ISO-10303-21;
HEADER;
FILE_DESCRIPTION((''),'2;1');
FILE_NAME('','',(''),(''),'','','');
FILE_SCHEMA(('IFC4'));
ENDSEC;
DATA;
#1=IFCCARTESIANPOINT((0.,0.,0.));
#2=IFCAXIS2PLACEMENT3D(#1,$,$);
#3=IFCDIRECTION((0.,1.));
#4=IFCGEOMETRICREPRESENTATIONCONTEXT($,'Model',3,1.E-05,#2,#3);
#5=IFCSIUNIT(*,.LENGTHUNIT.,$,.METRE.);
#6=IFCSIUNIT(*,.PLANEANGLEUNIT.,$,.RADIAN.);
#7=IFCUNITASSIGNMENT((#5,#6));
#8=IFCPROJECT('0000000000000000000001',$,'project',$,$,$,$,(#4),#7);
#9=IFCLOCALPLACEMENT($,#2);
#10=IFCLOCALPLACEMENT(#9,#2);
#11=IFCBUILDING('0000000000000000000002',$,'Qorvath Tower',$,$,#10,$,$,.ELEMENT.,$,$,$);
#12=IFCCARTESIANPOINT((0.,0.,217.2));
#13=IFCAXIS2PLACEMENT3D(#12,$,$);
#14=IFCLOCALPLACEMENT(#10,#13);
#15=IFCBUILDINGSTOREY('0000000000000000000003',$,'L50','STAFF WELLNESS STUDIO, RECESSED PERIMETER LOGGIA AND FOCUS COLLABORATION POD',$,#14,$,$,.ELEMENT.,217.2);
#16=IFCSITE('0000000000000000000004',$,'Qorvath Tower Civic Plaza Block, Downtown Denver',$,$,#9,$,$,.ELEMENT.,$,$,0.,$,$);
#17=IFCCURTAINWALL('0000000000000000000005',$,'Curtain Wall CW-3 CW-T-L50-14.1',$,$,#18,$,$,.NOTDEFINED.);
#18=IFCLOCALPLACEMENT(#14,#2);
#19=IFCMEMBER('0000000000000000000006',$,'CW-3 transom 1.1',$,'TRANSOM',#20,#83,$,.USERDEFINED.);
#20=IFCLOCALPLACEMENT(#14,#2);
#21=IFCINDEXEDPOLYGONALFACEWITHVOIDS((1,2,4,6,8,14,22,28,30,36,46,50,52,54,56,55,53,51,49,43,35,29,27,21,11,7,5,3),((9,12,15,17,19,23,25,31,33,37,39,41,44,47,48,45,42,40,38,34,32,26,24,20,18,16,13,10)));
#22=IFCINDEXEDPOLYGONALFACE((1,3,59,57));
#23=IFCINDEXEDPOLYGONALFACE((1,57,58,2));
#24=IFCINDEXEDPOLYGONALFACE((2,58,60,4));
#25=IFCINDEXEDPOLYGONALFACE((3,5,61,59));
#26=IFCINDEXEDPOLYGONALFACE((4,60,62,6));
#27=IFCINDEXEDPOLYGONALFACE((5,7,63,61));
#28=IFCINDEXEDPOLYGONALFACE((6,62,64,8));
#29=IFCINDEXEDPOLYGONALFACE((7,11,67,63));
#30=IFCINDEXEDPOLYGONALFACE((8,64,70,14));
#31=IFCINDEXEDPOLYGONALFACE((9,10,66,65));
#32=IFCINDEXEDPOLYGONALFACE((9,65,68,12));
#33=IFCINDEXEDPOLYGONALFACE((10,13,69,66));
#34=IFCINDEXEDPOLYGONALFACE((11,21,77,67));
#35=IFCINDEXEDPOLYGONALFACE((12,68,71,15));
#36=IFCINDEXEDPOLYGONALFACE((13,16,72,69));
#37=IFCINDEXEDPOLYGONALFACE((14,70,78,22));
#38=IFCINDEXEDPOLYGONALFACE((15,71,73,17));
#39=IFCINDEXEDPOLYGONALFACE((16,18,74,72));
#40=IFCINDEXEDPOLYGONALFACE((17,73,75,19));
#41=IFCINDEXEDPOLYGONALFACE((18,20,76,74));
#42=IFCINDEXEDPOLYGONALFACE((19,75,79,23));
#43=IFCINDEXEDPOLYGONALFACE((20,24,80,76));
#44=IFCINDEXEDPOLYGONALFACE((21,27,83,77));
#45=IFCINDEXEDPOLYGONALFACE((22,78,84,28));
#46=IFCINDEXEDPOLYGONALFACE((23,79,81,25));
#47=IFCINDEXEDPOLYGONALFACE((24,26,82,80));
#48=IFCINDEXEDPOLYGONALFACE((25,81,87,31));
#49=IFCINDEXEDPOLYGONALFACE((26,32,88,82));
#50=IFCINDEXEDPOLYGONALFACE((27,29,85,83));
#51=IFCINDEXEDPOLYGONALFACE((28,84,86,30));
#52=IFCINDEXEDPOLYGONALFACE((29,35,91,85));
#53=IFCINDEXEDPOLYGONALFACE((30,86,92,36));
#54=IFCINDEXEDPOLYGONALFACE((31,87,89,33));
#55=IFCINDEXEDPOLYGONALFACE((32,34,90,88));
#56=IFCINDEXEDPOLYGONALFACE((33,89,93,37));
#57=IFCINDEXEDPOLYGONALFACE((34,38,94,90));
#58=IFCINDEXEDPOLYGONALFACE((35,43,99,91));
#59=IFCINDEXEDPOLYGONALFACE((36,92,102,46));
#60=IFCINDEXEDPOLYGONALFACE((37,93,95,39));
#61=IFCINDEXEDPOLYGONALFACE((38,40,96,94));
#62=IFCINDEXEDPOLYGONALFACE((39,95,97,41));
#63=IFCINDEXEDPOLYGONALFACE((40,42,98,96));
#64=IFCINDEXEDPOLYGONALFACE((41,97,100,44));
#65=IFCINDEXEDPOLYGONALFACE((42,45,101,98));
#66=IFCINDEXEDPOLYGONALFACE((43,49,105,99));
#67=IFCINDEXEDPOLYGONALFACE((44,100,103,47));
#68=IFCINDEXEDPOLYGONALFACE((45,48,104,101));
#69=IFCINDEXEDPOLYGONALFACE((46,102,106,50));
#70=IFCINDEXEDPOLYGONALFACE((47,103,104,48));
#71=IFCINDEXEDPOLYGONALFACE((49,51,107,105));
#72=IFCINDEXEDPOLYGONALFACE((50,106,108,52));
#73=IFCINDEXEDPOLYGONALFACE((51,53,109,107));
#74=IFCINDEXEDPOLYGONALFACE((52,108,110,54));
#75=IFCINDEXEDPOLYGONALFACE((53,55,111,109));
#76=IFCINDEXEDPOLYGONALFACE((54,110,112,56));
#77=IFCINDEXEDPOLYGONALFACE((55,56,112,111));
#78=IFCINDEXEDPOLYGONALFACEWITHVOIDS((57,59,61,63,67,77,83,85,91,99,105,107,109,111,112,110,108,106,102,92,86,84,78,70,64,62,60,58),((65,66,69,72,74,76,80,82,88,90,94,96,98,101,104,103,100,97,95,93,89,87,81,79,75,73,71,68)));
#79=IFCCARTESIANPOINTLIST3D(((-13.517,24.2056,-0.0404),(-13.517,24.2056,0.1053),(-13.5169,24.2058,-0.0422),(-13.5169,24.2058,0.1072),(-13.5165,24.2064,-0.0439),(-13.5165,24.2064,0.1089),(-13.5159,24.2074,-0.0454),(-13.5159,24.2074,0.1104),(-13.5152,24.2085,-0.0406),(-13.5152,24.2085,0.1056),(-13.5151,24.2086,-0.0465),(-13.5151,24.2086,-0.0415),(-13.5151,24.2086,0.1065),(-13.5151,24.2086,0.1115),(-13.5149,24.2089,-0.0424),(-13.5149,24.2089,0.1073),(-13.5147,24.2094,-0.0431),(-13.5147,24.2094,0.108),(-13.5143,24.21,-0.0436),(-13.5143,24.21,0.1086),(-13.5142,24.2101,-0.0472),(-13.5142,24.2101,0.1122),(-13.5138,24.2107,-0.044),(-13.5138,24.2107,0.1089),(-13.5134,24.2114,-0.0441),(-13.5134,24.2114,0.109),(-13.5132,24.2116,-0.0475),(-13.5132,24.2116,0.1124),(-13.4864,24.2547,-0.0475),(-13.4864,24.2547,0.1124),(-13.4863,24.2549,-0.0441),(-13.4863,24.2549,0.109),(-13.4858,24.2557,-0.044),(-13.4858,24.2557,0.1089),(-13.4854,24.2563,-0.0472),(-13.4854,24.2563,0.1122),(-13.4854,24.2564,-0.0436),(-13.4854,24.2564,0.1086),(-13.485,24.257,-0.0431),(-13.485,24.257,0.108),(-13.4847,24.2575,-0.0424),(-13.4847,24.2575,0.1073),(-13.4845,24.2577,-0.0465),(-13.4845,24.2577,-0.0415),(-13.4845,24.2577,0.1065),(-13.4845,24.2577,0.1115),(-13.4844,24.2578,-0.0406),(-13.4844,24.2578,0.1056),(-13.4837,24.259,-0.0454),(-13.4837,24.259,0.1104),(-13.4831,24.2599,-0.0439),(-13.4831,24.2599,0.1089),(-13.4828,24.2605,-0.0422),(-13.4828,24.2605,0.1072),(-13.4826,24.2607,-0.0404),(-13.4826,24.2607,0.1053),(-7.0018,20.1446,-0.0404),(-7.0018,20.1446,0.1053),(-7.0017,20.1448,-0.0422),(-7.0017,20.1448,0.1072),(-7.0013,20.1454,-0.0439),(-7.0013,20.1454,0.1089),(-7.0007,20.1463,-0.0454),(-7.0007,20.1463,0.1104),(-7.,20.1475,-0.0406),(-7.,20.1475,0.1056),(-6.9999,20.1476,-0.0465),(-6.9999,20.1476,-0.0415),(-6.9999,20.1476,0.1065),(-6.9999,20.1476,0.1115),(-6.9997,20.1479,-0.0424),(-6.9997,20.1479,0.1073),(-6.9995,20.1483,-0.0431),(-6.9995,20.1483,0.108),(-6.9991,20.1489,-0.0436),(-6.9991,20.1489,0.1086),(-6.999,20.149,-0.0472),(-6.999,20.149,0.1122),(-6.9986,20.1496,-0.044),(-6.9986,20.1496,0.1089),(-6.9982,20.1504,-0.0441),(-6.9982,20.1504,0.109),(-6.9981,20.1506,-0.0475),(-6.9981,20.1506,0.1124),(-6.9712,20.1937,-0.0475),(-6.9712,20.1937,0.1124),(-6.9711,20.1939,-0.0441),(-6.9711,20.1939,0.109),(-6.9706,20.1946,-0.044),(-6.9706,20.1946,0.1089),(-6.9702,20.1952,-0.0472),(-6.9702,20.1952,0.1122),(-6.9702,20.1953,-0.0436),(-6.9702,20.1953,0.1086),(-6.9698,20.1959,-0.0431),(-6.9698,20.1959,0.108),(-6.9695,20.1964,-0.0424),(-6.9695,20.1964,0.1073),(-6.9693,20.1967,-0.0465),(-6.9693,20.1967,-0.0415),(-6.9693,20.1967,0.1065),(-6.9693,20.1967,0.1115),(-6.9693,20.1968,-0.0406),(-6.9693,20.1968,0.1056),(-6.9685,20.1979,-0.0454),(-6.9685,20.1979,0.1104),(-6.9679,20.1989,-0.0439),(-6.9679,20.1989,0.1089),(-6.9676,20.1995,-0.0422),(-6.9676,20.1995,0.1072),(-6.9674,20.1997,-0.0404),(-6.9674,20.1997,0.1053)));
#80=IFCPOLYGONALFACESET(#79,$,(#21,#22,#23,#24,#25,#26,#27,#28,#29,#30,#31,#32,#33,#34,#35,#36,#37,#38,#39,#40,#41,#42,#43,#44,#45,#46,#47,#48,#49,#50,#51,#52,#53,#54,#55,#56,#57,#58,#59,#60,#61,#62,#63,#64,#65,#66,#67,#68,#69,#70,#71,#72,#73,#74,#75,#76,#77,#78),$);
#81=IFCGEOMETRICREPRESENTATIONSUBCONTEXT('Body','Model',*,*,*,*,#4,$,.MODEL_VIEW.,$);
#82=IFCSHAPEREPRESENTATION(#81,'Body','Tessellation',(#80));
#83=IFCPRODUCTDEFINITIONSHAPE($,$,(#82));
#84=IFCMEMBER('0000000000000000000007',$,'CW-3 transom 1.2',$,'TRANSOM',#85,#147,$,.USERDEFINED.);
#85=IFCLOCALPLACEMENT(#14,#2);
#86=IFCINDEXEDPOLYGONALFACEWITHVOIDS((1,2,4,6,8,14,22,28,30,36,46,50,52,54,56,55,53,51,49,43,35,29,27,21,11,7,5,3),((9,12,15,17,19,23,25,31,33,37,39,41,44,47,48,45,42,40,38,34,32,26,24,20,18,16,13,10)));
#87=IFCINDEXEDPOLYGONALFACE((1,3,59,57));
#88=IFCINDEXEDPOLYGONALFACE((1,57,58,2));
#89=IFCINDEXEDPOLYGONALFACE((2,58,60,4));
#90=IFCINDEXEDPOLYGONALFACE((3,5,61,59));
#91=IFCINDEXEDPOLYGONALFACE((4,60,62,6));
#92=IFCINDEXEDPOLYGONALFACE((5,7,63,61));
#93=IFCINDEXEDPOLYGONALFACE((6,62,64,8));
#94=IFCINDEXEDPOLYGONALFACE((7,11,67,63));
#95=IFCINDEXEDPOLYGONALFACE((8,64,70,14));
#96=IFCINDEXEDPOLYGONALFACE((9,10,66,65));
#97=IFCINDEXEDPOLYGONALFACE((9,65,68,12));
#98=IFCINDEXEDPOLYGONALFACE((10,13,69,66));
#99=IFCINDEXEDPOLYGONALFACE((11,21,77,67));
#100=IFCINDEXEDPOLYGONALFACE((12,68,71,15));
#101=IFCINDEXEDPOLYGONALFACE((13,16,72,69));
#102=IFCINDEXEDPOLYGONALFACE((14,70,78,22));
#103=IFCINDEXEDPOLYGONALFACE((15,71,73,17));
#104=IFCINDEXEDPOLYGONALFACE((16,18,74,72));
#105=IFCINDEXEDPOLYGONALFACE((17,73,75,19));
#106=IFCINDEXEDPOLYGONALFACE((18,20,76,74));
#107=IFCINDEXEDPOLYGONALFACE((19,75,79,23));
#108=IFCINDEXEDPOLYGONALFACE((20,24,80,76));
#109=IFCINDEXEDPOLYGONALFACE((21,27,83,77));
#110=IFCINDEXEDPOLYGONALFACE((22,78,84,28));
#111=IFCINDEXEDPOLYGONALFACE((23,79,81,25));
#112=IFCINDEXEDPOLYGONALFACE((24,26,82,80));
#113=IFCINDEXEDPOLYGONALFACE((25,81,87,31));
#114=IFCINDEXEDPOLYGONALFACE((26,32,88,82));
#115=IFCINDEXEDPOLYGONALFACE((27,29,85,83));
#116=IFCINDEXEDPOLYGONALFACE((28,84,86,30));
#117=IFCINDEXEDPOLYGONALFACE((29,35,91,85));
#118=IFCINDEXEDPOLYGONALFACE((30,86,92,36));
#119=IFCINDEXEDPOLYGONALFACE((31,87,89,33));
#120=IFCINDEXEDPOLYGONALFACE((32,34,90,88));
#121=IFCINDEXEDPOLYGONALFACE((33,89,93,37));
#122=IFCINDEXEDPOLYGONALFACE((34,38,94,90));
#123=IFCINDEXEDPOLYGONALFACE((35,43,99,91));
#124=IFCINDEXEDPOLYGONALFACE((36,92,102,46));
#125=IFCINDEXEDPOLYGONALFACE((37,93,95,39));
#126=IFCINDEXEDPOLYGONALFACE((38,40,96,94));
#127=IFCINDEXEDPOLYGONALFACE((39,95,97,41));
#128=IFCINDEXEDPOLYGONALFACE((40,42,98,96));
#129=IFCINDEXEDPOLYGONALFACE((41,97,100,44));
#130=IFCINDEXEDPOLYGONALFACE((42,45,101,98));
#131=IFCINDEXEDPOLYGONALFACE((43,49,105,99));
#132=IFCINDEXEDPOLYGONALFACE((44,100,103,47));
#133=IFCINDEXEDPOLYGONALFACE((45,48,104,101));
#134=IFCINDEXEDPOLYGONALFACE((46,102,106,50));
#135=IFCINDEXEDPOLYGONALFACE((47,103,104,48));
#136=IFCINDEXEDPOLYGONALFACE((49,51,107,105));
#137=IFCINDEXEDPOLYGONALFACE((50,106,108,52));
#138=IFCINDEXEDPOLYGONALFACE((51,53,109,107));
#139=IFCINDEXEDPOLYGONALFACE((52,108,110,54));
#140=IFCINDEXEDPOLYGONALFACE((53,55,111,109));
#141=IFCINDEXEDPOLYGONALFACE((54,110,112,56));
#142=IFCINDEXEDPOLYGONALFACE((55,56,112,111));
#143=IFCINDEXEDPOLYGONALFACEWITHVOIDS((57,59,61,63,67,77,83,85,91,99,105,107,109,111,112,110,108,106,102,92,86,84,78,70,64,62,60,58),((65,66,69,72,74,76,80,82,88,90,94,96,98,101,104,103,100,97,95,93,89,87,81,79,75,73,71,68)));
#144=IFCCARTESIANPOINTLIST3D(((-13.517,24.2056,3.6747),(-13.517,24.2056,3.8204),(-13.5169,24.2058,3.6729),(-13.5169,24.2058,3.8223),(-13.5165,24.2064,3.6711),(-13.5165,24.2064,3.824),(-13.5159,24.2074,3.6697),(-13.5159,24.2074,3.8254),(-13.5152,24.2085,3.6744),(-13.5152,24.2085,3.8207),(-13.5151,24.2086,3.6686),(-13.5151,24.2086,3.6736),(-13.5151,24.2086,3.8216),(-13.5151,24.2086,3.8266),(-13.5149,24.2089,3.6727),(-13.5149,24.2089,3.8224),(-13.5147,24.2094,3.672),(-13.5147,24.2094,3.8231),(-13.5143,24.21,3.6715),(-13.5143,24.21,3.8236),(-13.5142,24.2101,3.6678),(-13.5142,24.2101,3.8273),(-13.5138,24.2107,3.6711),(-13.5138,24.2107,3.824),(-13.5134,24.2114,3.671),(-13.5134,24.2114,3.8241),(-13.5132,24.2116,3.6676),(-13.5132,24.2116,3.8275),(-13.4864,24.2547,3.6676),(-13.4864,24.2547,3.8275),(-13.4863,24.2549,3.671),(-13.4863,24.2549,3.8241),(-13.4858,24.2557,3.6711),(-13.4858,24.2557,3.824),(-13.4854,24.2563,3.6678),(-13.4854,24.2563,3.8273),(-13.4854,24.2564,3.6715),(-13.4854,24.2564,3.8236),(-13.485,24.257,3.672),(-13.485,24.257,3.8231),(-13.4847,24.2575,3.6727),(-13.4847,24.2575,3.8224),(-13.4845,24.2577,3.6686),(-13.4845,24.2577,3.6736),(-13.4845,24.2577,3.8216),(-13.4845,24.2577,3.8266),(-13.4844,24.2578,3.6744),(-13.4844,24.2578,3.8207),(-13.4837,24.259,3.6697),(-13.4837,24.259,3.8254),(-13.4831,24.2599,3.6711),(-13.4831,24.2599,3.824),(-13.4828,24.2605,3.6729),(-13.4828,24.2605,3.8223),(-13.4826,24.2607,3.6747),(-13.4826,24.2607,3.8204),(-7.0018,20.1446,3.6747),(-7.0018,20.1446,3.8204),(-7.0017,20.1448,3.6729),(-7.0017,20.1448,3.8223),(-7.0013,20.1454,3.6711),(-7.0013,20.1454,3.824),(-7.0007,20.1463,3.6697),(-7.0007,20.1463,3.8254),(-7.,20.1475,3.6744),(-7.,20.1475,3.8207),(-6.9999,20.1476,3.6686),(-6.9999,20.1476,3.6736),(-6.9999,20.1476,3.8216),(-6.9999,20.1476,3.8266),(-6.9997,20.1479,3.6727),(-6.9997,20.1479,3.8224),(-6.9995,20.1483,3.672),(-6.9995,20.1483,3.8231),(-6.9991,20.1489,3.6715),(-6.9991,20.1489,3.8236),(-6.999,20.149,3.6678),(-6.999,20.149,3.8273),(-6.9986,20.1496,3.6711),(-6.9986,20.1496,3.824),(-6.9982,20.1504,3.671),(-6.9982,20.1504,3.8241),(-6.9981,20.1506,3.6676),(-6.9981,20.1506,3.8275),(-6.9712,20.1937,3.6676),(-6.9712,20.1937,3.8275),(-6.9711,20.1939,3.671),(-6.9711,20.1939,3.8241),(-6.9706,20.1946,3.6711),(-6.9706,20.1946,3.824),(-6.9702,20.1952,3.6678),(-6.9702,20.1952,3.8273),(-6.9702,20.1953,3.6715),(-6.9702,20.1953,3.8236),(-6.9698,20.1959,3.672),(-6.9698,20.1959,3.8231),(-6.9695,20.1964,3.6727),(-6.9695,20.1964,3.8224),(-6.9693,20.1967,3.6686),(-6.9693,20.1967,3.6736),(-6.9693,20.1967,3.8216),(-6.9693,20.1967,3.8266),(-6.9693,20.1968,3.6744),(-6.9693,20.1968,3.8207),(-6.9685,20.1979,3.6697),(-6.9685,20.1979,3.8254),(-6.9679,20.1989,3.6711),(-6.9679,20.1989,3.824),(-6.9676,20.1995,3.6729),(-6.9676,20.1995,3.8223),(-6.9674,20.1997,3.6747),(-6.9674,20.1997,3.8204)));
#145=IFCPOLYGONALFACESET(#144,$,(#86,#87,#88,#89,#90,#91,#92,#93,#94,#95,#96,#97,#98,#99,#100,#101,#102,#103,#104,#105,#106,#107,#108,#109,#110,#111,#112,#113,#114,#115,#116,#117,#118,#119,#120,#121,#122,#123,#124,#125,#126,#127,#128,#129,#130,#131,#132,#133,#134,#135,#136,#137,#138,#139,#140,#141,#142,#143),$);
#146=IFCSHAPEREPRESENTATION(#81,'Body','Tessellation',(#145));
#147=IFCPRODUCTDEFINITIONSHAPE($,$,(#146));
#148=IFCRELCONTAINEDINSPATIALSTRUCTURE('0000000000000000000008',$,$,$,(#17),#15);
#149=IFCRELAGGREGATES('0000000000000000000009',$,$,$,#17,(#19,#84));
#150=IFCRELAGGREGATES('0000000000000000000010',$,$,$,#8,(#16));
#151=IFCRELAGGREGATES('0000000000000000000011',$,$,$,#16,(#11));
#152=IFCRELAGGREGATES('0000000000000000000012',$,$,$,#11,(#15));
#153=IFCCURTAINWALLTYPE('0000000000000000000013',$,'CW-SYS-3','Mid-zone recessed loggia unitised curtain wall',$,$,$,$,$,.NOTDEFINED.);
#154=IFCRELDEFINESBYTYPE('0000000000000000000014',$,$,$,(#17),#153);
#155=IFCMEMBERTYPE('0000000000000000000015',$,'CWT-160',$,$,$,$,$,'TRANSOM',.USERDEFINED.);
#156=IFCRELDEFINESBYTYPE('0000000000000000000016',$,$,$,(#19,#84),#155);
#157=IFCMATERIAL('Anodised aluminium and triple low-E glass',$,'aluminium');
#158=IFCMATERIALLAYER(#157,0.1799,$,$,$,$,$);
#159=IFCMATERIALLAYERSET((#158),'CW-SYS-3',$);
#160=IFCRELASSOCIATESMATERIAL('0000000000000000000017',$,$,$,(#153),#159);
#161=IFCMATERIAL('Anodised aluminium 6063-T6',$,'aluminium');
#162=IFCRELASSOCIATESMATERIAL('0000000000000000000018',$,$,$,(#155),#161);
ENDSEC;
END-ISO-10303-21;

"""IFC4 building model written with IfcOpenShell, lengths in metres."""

from ifc_helpers import new_model, si_unit, direction, frame, origin, origin_2d, place, context, subcontext, project, spatial, hollow_rectangle, extrude, material, layer, layer_set, material_profile, profile_set, type_object, element, aggregate, save


model = new_model("IFC4")

# Units and contexts
model_context = context("Model", 3, precision=1e-05, world=origin(), true_north=direction((0.0, 1.0)))
body_context = subcontext(model_context, "Body", "Model", "MODEL_VIEW")
ifc_project = project(units=[si_unit("LENGTHUNIT", "METRE"), si_unit("PLANEANGLEUNIT", "RADIAN")], contexts=[model_context])

# Site, building, storey
site_placement = place(None, origin())
site = spatial("IfcSite", under=ifc_project, at=site_placement, Name="Qorvath Tower Civic Plaza Block, Downtown Denver", CompositionType="ELEMENT", RefElevation=0.0)
building_placement = place(site_placement, origin())
building = spatial("IfcBuilding", under=site, at=building_placement, Name="Qorvath Tower", CompositionType="ELEMENT")
storey_placement = place(building_placement, frame((0.0, 0.0, 217.2)))
storey = spatial("IfcBuildingStorey", under=building, at=storey_placement, Name="L50", Description="STAFF WELLNESS STUDIO, RECESSED PERIMETER LOGGIA AND FOCUS COLLABORATION POD", CompositionType="ELEMENT", Elevation=217.2)

# Shared definitions
ifc_material_1 = material(Name="Anodised aluminium and triple low-E glass", Category="aluminium")
ifc_layer_1 = layer(ifc_material_1, 0.1799)
ifc_layer_set_1 = layer_set([ifc_layer_1], Name="CW-SYS-3")
curtain_wall_type = type_object("IfcCurtainWallType", Name="CW-SYS-3", Description="Mid-zone recessed loggia unitised curtain wall", PredefinedType="NOTDEFINED", material=ifc_layer_set_1)

# Curtain wall
curtain_wall_1_placement = place(storey_placement, origin())
curtain_wall_1 = element("IfcCurtainWall", 1, at=curtain_wall_1_placement, inside=storey, type_object=curtain_wall_type, Name="Curtain Wall CW-3 CW-T-L50-14.1", PredefinedType="NOTDEFINED")

# Members
ifc_material_2 = material(Name="Anodised aluminium 6063-T6", Category="aluminium")
ifc_material_profile_1 = material_profile(ifc_material_2, hollow_rectangle(XDim=0.0649, YDim=0.1599, WallThickness=0.0034, InnerFilletRadius=0.0034, OuterFilletRadius=0.0071, at=origin_2d()), Name="CWT 160x65")
ifc_profile_set_1 = profile_set([ifc_material_profile_1], Name="Anodised aluminium 6063-T6")
member_type_1 = type_object("IfcMemberType", Name="CWT-160", ElementType="TRANSOM", PredefinedType="USERDEFINED", material=ifc_profile_set_1)
member_1_placement = place(storey_placement, frame((-6.9846, 20.1721, 0.0325), z_axis=(-0.848637, 0.528975, 0.0), x_axis=(-0.528975, -0.848637, 0.0)))
member_1 = element("IfcMember", 2, at=member_1_placement, type_object=member_type_1, Name="CW-3 transom 1.1", ObjectType="TRANSOM", PredefinedType="USERDEFINED", context=body_context, shape_type="SweptSolid", body=[
    extrude(hollow_rectangle(XDim=0.0649, YDim=0.1599, WallThickness=0.0034, InnerFilletRadius=0.0034, OuterFilletRadius=0.0071, at=origin_2d()), origin(), (0.0, 0.0, 1.0), 7.6772),
])
member_2_placement = place(storey_placement, frame((-6.9846, 20.1721, 3.7476), z_axis=(-0.848637, 0.528975, 0.0), x_axis=(-0.528975, -0.848637, 0.0)))
member_2 = element("IfcMember", 3, at=member_2_placement, type_object=member_type_1, Name="CW-3 transom 1.2", ObjectType="TRANSOM", PredefinedType="USERDEFINED", context=body_context, shape_type="SweptSolid", body=[
    extrude(hollow_rectangle(XDim=0.0649, YDim=0.1599, WallThickness=0.0034, InnerFilletRadius=0.0034, OuterFilletRadius=0.0071, at=origin_2d()), origin(), (0.0, 0.0, 1.0), 7.6772),
])

aggregate(curtain_wall_1, [member_1, member_2])

save(model, "model.ifc")
